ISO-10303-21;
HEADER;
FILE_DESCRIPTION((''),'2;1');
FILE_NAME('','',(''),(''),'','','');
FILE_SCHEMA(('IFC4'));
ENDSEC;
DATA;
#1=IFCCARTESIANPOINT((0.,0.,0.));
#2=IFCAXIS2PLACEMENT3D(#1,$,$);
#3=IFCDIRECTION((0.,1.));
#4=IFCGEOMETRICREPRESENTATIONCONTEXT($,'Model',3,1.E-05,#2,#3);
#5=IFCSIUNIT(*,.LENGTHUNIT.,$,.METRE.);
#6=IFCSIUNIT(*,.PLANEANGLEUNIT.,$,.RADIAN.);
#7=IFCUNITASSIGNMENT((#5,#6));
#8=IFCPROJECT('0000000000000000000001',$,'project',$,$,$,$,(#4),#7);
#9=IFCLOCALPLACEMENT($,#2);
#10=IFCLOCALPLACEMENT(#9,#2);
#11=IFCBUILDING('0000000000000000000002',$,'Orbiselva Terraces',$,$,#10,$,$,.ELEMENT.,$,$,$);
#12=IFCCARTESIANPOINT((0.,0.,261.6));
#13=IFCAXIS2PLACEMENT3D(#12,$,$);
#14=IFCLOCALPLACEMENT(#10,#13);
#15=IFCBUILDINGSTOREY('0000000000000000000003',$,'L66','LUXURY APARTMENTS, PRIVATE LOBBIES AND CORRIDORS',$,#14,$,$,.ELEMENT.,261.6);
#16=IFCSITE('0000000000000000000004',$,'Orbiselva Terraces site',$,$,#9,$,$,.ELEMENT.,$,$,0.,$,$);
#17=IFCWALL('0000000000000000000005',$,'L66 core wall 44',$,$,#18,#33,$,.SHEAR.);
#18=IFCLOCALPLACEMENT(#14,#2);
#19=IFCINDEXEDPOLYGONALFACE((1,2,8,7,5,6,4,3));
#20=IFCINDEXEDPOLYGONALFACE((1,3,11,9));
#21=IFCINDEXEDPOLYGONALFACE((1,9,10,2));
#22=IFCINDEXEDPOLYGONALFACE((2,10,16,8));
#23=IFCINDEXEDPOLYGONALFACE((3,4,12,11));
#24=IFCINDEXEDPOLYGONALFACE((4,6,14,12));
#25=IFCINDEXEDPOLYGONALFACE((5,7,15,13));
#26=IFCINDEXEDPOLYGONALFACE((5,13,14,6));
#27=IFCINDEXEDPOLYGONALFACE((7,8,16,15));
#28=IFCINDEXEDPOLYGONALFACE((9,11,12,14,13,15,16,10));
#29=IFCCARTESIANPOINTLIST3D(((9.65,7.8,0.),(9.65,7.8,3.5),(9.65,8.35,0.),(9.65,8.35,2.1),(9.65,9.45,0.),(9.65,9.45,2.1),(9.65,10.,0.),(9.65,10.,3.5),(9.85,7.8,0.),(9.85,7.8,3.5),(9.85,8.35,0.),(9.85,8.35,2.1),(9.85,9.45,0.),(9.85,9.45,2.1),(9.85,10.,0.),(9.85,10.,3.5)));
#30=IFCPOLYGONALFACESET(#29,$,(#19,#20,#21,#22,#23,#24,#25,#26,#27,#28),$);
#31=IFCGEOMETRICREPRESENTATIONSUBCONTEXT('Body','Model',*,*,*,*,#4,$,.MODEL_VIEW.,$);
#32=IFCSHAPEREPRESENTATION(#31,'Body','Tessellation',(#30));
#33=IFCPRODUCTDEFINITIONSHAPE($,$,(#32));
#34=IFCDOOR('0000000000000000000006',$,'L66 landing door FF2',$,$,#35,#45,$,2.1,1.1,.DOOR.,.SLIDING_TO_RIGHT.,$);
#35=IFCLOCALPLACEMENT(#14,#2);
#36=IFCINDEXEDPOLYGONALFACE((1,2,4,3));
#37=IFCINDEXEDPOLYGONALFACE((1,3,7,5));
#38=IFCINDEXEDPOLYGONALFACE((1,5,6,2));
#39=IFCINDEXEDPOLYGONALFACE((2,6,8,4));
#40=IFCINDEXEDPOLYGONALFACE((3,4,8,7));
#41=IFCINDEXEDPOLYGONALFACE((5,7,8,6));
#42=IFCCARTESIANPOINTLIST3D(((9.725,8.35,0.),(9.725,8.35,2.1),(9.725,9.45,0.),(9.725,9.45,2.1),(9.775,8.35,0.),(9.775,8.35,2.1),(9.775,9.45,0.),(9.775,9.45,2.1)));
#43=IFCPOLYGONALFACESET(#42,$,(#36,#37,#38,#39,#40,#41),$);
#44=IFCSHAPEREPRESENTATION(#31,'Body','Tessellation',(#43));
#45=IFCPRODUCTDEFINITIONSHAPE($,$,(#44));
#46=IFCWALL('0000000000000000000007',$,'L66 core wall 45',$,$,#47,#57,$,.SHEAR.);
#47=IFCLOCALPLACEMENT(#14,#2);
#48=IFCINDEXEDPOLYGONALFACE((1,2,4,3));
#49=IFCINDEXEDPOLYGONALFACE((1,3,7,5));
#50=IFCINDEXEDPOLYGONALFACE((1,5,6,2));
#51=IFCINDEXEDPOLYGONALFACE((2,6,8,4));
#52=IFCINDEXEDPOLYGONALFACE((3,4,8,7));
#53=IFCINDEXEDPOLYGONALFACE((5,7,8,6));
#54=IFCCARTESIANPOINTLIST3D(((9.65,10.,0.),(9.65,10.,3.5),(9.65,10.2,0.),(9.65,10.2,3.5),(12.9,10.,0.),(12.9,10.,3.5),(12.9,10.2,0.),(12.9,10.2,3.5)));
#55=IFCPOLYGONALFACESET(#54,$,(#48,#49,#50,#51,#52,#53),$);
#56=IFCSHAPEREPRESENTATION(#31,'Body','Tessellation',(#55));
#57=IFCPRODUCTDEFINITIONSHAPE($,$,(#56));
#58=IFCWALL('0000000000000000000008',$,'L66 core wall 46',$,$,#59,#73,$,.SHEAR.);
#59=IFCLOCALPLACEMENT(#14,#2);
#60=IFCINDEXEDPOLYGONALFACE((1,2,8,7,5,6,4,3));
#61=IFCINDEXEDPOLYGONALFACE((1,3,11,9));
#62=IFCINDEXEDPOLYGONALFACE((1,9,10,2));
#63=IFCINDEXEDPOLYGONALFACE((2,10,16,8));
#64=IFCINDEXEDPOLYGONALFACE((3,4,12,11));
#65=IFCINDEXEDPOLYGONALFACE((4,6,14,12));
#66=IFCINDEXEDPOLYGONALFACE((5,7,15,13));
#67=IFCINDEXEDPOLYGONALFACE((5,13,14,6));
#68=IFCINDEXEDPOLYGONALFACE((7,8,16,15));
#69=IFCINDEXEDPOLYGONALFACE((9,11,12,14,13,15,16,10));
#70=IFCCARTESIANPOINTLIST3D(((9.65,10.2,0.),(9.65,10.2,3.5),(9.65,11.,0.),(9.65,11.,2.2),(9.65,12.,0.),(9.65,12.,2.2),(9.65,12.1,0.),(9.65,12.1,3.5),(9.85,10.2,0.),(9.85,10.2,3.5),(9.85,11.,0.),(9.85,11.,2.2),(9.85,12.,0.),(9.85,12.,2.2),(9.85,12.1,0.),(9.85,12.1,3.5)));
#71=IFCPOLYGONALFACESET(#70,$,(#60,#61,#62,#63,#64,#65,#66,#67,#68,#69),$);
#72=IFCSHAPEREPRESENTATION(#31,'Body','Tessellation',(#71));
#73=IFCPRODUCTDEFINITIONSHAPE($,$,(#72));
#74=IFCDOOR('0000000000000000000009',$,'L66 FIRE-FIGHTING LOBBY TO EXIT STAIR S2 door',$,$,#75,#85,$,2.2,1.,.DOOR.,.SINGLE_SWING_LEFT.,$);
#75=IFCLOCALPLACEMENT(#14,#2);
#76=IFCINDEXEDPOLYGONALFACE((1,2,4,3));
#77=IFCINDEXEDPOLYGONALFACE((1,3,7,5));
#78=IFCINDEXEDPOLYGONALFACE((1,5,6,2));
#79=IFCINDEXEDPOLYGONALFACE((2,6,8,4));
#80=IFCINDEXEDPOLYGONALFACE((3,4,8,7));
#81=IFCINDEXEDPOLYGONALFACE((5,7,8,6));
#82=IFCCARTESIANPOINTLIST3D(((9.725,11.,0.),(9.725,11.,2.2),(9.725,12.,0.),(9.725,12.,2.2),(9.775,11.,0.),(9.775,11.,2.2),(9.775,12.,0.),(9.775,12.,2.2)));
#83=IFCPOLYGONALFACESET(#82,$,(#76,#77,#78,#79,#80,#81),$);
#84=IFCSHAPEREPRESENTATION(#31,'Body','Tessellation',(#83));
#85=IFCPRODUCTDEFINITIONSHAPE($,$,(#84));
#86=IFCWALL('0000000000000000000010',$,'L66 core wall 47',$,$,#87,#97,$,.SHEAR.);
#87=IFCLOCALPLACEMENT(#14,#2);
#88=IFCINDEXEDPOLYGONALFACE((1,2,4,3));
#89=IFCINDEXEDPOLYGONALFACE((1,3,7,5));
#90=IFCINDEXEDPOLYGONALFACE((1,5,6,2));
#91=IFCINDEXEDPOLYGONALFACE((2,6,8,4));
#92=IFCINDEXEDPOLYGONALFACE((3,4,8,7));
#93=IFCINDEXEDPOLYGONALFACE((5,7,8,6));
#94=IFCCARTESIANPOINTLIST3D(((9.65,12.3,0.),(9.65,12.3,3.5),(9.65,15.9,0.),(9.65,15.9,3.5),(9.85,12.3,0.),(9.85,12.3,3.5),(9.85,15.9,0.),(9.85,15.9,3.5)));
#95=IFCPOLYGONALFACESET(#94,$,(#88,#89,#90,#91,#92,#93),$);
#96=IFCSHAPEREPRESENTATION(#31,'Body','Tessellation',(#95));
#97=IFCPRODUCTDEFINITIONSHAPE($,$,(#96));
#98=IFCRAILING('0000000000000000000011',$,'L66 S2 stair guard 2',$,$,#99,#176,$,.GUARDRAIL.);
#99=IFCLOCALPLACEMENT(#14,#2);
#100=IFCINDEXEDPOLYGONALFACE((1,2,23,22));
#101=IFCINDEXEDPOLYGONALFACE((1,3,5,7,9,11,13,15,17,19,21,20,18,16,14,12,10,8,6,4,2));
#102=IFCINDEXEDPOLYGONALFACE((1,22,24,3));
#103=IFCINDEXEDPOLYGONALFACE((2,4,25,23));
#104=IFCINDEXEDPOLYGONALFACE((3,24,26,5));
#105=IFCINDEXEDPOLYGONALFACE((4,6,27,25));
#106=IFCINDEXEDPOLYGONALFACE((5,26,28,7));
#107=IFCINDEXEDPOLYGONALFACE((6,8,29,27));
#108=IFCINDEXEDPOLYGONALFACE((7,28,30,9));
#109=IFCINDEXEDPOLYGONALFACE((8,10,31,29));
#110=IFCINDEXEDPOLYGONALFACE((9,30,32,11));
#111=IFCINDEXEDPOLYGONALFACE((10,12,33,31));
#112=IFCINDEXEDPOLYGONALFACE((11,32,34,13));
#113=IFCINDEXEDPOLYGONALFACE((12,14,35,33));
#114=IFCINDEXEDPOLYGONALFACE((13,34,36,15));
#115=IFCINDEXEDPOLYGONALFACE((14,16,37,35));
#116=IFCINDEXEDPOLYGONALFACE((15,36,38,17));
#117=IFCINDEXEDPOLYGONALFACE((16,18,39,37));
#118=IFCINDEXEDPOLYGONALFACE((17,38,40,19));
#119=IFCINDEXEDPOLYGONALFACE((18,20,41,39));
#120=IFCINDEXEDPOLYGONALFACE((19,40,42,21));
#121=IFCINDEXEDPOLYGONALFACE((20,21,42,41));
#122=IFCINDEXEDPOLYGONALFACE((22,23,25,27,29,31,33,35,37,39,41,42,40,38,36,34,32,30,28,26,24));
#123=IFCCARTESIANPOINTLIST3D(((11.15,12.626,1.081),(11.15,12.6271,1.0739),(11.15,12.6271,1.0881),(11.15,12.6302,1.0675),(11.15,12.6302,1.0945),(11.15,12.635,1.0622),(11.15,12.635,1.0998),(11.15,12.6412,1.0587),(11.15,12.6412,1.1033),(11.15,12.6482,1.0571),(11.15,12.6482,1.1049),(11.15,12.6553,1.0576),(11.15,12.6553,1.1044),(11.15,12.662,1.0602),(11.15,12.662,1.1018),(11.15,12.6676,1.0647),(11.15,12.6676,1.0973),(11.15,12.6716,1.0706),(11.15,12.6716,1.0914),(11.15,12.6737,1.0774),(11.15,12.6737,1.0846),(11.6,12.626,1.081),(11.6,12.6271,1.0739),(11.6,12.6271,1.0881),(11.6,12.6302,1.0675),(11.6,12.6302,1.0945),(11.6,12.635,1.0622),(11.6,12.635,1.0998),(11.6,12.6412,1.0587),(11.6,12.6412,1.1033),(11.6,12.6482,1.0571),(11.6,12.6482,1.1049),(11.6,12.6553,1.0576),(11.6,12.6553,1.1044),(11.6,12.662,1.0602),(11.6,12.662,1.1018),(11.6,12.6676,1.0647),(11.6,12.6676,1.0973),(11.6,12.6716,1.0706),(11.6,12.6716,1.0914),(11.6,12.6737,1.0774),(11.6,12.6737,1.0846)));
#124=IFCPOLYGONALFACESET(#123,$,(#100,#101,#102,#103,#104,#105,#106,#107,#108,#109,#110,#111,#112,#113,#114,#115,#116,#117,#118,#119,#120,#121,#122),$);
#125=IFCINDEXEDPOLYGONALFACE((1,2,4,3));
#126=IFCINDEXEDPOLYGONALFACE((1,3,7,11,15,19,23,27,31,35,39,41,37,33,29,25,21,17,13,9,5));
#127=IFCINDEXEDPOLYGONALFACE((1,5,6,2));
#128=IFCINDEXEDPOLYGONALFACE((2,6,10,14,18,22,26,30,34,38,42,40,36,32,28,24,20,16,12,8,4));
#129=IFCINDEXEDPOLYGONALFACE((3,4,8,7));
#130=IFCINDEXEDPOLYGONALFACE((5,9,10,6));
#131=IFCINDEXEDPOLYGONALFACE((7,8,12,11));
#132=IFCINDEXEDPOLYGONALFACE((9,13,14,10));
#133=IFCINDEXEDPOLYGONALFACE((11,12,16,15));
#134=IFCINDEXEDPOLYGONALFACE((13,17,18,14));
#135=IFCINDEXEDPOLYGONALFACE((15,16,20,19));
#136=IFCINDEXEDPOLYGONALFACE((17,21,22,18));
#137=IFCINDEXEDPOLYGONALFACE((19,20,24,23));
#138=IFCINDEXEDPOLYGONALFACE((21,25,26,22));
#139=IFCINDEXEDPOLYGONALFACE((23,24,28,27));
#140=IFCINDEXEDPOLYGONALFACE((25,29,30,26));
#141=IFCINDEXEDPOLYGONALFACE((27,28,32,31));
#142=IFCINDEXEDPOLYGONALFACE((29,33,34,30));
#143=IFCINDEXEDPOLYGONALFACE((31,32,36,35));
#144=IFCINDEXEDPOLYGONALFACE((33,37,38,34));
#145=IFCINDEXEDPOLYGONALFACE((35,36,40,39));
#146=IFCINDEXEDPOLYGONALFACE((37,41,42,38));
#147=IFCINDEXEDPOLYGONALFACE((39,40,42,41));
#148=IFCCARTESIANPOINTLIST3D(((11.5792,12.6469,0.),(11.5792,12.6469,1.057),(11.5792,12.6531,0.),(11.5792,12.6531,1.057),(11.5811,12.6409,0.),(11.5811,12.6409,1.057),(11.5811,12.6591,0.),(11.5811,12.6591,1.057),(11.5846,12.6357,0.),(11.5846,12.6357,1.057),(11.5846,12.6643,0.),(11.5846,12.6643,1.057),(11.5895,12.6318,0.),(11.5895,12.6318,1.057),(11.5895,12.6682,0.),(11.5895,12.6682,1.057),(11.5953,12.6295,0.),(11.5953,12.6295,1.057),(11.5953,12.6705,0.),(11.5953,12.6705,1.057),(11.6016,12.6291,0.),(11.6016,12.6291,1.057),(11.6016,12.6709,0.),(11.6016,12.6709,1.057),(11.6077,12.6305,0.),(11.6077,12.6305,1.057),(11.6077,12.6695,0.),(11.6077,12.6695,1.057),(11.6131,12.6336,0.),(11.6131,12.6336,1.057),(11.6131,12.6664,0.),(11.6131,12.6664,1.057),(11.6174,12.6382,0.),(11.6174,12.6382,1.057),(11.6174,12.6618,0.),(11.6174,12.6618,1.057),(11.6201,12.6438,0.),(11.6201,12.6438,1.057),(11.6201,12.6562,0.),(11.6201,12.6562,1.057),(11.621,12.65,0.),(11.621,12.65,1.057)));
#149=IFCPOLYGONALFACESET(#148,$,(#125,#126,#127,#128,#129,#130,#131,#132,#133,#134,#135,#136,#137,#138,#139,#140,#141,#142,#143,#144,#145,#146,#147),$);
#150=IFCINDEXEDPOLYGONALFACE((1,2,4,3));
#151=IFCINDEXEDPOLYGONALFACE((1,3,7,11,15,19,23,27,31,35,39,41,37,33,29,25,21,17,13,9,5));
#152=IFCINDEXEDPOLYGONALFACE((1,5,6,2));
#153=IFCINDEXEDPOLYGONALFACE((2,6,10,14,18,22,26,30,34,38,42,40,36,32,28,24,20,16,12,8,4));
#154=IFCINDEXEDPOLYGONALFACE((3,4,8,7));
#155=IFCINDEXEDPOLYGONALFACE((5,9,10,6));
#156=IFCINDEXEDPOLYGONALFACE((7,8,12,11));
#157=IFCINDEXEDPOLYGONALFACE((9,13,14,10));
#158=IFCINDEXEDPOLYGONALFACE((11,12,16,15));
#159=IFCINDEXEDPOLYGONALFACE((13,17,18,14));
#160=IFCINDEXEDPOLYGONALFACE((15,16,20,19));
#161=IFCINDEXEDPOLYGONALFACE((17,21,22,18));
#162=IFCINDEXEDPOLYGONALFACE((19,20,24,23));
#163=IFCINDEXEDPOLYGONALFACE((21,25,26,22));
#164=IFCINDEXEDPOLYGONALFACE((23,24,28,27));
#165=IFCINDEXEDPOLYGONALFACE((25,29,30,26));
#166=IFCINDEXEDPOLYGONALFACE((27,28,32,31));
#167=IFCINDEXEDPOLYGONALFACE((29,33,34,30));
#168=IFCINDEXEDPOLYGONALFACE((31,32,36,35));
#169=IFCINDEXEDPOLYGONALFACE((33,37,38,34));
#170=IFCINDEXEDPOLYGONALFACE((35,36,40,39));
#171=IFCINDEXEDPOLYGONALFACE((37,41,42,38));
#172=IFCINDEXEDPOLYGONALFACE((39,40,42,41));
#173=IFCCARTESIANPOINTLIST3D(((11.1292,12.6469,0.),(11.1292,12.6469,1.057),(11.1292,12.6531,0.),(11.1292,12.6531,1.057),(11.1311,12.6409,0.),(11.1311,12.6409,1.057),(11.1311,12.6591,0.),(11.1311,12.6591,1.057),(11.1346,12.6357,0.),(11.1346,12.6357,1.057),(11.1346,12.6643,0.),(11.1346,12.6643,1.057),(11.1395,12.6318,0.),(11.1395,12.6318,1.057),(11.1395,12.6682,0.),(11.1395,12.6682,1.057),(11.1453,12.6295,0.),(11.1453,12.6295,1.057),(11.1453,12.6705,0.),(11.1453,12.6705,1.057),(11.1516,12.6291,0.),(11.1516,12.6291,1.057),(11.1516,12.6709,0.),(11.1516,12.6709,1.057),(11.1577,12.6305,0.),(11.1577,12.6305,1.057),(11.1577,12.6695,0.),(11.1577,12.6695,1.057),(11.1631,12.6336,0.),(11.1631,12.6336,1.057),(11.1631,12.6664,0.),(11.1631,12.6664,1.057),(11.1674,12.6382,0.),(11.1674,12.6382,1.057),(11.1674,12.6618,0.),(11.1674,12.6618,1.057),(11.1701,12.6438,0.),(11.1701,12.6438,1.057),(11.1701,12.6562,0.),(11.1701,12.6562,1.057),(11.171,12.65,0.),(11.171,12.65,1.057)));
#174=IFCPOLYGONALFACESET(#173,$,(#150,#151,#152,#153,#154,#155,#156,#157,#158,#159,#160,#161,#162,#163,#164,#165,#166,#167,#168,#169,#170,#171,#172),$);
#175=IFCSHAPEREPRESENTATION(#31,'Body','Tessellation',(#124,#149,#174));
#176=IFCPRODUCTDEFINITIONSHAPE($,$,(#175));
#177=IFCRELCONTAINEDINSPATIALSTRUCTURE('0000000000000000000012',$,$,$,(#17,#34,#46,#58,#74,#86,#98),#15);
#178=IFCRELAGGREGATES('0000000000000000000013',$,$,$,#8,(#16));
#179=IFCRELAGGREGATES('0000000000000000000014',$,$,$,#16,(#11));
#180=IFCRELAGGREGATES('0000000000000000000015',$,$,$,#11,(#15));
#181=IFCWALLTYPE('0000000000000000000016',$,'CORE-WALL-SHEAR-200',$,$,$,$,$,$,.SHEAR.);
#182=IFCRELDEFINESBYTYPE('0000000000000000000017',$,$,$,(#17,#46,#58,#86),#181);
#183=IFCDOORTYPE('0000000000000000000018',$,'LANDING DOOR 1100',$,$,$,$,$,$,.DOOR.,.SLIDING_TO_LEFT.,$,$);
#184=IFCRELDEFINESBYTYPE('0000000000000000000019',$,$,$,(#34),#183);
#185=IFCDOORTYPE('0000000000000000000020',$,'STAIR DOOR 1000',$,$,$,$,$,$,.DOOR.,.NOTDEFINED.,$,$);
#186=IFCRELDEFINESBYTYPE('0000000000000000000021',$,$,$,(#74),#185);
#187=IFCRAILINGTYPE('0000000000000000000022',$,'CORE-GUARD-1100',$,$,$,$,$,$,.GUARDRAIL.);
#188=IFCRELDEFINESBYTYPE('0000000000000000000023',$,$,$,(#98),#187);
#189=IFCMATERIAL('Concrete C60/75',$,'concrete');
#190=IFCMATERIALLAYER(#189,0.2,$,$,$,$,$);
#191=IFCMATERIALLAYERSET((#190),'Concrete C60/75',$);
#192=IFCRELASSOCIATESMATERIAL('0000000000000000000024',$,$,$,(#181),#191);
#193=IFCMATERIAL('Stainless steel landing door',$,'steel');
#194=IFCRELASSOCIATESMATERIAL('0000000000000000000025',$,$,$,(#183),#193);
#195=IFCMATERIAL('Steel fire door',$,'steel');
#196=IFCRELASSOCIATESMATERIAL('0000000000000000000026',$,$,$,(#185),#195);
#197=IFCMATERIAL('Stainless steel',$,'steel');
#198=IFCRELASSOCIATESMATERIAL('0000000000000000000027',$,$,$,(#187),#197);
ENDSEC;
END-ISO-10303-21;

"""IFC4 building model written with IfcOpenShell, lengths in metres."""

from ifc_helpers import new_model, si_unit, direction, frame, frame_2d, origin, origin_2d, place, context, subcontext, project, spatial, rectangle, circle, extrude, material, layer, layer_set, type_object, element, fill, save


model = new_model("IFC4")

# Units and contexts
model_context = context("Model", 3, precision=1e-05, world=origin(), true_north=direction((0.0, 1.0)))
body_context = subcontext(model_context, "Body", "Model", "MODEL_VIEW")
ifc_project = project(units=[si_unit("LENGTHUNIT", "METRE"), si_unit("PLANEANGLEUNIT", "RADIAN")], contexts=[model_context])

# Site, building, storey
site_placement = place(None, origin())
site = spatial("IfcSite", under=ifc_project, at=site_placement, Name="Orbiselva Terraces site", CompositionType="ELEMENT", RefElevation=0.0)
building_placement = place(site_placement, origin())
building = spatial("IfcBuilding", under=site, at=building_placement, Name="Orbiselva Terraces", CompositionType="ELEMENT")
storey_placement = place(building_placement, frame((0.0, 0.0, 261.6)))
storey = spatial("IfcBuildingStorey", under=building, at=storey_placement, Name="L66", Description="LUXURY APARTMENTS, PRIVATE LOBBIES AND CORRIDORS", CompositionType="ELEMENT", Elevation=261.6)

# Shared definitions
ifc_material_1 = material(Name="Concrete C60/75", Category="concrete")
ifc_layer_1 = layer(ifc_material_1, 0.2)
ifc_layer_set_1 = layer_set([ifc_layer_1], Name="Concrete C60/75")
wall_type_1 = type_object("IfcWallType", Name="CORE-WALL-SHEAR-200", PredefinedType="SHEAR", material=ifc_layer_set_1)
ifc_material_2 = material(Name="Steel fire door", Category="steel")

# Shared definitions
ifc_material_3 = material(Name="Stainless steel landing door", Category="steel")
door_type_1 = type_object("IfcDoorType", Name="LANDING DOOR 1100", OperationType="SLIDING_TO_LEFT", PredefinedType="DOOR", material=ifc_material_3)

# Wall, opening, door
wall_1_placement = place(storey_placement, frame((9.75, 7.8, 0.0), z_axis=(0.0, 0.0, 1.0), x_axis=(0.0, 1.0, 0.0)))
wall_1 = element("IfcWall", 1, at=wall_1_placement, inside=storey, type_object=wall_type_1, Name="L66 core wall 44", PredefinedType="SHEAR", context=body_context, shape_type="SweptSolid", body=[
    extrude(rectangle(XDim=2.2, YDim=0.2, at=frame_2d((1.1, 0.0))), origin(), (0.0, 0.0, 1.0), 3.5),
])
opening_1_placement = place(wall_1_placement, frame((0.55, 0.0, 0.0)))
opening_1 = element("IfcOpeningElement", 2, at=opening_1_placement, cuts=wall_1, PredefinedType="OPENING", context=body_context, shape_type="SweptSolid", body=[
    extrude(rectangle(XDim=1.1, YDim=2.1, at=frame_2d((0.55, 1.05))), frame((0.0, 0.11, 0.0), z_axis=(0.0, -1.0, 0.0), x_axis=(1.0, 0.0, 0.0)), (0.0, 0.0, 1.0), 0.22),
])
door_1_placement = place(opening_1_placement, origin())
door_1 = element("IfcDoor", 3, at=door_1_placement, inside=storey, type_object=door_type_1, Name="L66 landing door FF2", OperationType="SLIDING_TO_RIGHT", OverallHeight=2.1, OverallWidth=1.1, PredefinedType="DOOR", context=body_context, shape_type="SweptSolid", body=[
    extrude(rectangle(XDim=1.1, YDim=2.1, at=frame_2d((0.55, 1.05))), frame((0.0, 0.025, 0.0), z_axis=(0.0, -1.0, 0.0), x_axis=(1.0, 0.0, 0.0)), (0.0, 0.0, 1.0), 0.05),
])
fill(opening_1, door_1)

# Wall
wall_2_placement = place(storey_placement, frame((9.65, 10.1, 0.0), z_axis=(0.0, 0.0, 1.0), x_axis=(1.0, 0.0, 0.0)))
element("IfcWall", 4, at=wall_2_placement, inside=storey, type_object=wall_type_1, Name="L66 core wall 45", PredefinedType="SHEAR", context=body_context, shape_type="SweptSolid", body=[
    extrude(rectangle(XDim=3.25, YDim=0.2, at=frame_2d((1.625, 0.0))), origin(), (0.0, 0.0, 1.0), 3.5),
])

# Wall, opening, door
wall_3_placement = place(storey_placement, frame((9.75, 12.1, 0.0), z_axis=(0.0, 0.0, 1.0), x_axis=(0.0, -1.0, 0.0)))
wall_3 = element("IfcWall", 5, at=wall_3_placement, inside=storey, type_object=wall_type_1, Name="L66 core wall 46", PredefinedType="SHEAR", context=body_context, shape_type="SweptSolid", body=[
    extrude(rectangle(XDim=1.9, YDim=0.2, at=frame_2d((0.95, 0.0))), origin(), (0.0, 0.0, 1.0), 3.5),
])
opening_2_placement = place(wall_3_placement, frame((0.1, 0.0, 0.0)))
opening_2 = element("IfcOpeningElement", 6, at=opening_2_placement, cuts=wall_3, PredefinedType="OPENING", context=body_context, shape_type="SweptSolid", body=[
    extrude(rectangle(XDim=1.0, YDim=2.2, at=frame_2d((0.5, 1.1))), frame((0.0, 0.11, 0.0), z_axis=(0.0, -1.0, 0.0), x_axis=(1.0, 0.0, 0.0)), (0.0, 0.0, 1.0), 0.22),
])
door_type_2 = type_object("IfcDoorType", Name="STAIR DOOR 1000", OperationType="NOTDEFINED", PredefinedType="DOOR", material=ifc_material_2)
door_2_placement = place(opening_2_placement, origin())
door_2 = element("IfcDoor", 7, at=door_2_placement, inside=storey, type_object=door_type_2, Name="L66 FIRE-FIGHTING LOBBY TO EXIT STAIR S2 door", OperationType="SINGLE_SWING_LEFT", OverallHeight=2.2, OverallWidth=1.0, PredefinedType="DOOR", context=body_context, shape_type="SweptSolid", body=[
    extrude(rectangle(XDim=1.0, YDim=2.2, at=frame_2d((0.5, 1.1))), frame((0.0, 0.025, 0.0), z_axis=(0.0, -1.0, 0.0), x_axis=(1.0, 0.0, 0.0)), (0.0, 0.0, 1.0), 0.05),
])
fill(opening_2, door_2)

# Wall
wall_4_placement = place(storey_placement, frame((9.75, 12.3, 0.0), z_axis=(0.0, 0.0, 1.0), x_axis=(0.0, 1.0, 0.0)))
element("IfcWall", 8, at=wall_4_placement, inside=storey, type_object=wall_type_1, Name="L66 core wall 47", PredefinedType="SHEAR", context=body_context, shape_type="SweptSolid", body=[
    extrude(rectangle(XDim=3.6, YDim=0.2, at=frame_2d((1.8, 0.0))), origin(), (0.0, 0.0, 1.0), 3.5),
])

# Railing
ifc_material_4 = material(Name="Stainless steel", Category="steel")
railing_type = type_object("IfcRailingType", Name="CORE-GUARD-1100", PredefinedType="GUARDRAIL", material=ifc_material_4)
railing_1_placement = place(storey_placement, frame((11.6, 12.65, 0.0)))
element("IfcRailing", 9, at=railing_1_placement, inside=storey, type_object=railing_type, Name="L66 S2 stair guard 2", PredefinedType="GUARDRAIL", context=body_context, shape_type="SweptSolid", body=[
    extrude(circle(Radius=0.024, at=origin_2d()), frame((0.0, 0.0, 1.081), z_axis=(-1.0, 0.0, 0.0), x_axis=(0.0, -1.0, 0.0)), (0.0, 0.0, 1.0), 0.45),
    extrude(circle(Radius=0.021, at=origin_2d()), origin(), (0.0, 0.0, 1.0), 1.057),
    extrude(circle(Radius=0.021, at=origin_2d()), frame((-0.45, 0.0, 0.0)), (0.0, 0.0, 1.0), 1.057),
])

save(model, "model.ifc")
